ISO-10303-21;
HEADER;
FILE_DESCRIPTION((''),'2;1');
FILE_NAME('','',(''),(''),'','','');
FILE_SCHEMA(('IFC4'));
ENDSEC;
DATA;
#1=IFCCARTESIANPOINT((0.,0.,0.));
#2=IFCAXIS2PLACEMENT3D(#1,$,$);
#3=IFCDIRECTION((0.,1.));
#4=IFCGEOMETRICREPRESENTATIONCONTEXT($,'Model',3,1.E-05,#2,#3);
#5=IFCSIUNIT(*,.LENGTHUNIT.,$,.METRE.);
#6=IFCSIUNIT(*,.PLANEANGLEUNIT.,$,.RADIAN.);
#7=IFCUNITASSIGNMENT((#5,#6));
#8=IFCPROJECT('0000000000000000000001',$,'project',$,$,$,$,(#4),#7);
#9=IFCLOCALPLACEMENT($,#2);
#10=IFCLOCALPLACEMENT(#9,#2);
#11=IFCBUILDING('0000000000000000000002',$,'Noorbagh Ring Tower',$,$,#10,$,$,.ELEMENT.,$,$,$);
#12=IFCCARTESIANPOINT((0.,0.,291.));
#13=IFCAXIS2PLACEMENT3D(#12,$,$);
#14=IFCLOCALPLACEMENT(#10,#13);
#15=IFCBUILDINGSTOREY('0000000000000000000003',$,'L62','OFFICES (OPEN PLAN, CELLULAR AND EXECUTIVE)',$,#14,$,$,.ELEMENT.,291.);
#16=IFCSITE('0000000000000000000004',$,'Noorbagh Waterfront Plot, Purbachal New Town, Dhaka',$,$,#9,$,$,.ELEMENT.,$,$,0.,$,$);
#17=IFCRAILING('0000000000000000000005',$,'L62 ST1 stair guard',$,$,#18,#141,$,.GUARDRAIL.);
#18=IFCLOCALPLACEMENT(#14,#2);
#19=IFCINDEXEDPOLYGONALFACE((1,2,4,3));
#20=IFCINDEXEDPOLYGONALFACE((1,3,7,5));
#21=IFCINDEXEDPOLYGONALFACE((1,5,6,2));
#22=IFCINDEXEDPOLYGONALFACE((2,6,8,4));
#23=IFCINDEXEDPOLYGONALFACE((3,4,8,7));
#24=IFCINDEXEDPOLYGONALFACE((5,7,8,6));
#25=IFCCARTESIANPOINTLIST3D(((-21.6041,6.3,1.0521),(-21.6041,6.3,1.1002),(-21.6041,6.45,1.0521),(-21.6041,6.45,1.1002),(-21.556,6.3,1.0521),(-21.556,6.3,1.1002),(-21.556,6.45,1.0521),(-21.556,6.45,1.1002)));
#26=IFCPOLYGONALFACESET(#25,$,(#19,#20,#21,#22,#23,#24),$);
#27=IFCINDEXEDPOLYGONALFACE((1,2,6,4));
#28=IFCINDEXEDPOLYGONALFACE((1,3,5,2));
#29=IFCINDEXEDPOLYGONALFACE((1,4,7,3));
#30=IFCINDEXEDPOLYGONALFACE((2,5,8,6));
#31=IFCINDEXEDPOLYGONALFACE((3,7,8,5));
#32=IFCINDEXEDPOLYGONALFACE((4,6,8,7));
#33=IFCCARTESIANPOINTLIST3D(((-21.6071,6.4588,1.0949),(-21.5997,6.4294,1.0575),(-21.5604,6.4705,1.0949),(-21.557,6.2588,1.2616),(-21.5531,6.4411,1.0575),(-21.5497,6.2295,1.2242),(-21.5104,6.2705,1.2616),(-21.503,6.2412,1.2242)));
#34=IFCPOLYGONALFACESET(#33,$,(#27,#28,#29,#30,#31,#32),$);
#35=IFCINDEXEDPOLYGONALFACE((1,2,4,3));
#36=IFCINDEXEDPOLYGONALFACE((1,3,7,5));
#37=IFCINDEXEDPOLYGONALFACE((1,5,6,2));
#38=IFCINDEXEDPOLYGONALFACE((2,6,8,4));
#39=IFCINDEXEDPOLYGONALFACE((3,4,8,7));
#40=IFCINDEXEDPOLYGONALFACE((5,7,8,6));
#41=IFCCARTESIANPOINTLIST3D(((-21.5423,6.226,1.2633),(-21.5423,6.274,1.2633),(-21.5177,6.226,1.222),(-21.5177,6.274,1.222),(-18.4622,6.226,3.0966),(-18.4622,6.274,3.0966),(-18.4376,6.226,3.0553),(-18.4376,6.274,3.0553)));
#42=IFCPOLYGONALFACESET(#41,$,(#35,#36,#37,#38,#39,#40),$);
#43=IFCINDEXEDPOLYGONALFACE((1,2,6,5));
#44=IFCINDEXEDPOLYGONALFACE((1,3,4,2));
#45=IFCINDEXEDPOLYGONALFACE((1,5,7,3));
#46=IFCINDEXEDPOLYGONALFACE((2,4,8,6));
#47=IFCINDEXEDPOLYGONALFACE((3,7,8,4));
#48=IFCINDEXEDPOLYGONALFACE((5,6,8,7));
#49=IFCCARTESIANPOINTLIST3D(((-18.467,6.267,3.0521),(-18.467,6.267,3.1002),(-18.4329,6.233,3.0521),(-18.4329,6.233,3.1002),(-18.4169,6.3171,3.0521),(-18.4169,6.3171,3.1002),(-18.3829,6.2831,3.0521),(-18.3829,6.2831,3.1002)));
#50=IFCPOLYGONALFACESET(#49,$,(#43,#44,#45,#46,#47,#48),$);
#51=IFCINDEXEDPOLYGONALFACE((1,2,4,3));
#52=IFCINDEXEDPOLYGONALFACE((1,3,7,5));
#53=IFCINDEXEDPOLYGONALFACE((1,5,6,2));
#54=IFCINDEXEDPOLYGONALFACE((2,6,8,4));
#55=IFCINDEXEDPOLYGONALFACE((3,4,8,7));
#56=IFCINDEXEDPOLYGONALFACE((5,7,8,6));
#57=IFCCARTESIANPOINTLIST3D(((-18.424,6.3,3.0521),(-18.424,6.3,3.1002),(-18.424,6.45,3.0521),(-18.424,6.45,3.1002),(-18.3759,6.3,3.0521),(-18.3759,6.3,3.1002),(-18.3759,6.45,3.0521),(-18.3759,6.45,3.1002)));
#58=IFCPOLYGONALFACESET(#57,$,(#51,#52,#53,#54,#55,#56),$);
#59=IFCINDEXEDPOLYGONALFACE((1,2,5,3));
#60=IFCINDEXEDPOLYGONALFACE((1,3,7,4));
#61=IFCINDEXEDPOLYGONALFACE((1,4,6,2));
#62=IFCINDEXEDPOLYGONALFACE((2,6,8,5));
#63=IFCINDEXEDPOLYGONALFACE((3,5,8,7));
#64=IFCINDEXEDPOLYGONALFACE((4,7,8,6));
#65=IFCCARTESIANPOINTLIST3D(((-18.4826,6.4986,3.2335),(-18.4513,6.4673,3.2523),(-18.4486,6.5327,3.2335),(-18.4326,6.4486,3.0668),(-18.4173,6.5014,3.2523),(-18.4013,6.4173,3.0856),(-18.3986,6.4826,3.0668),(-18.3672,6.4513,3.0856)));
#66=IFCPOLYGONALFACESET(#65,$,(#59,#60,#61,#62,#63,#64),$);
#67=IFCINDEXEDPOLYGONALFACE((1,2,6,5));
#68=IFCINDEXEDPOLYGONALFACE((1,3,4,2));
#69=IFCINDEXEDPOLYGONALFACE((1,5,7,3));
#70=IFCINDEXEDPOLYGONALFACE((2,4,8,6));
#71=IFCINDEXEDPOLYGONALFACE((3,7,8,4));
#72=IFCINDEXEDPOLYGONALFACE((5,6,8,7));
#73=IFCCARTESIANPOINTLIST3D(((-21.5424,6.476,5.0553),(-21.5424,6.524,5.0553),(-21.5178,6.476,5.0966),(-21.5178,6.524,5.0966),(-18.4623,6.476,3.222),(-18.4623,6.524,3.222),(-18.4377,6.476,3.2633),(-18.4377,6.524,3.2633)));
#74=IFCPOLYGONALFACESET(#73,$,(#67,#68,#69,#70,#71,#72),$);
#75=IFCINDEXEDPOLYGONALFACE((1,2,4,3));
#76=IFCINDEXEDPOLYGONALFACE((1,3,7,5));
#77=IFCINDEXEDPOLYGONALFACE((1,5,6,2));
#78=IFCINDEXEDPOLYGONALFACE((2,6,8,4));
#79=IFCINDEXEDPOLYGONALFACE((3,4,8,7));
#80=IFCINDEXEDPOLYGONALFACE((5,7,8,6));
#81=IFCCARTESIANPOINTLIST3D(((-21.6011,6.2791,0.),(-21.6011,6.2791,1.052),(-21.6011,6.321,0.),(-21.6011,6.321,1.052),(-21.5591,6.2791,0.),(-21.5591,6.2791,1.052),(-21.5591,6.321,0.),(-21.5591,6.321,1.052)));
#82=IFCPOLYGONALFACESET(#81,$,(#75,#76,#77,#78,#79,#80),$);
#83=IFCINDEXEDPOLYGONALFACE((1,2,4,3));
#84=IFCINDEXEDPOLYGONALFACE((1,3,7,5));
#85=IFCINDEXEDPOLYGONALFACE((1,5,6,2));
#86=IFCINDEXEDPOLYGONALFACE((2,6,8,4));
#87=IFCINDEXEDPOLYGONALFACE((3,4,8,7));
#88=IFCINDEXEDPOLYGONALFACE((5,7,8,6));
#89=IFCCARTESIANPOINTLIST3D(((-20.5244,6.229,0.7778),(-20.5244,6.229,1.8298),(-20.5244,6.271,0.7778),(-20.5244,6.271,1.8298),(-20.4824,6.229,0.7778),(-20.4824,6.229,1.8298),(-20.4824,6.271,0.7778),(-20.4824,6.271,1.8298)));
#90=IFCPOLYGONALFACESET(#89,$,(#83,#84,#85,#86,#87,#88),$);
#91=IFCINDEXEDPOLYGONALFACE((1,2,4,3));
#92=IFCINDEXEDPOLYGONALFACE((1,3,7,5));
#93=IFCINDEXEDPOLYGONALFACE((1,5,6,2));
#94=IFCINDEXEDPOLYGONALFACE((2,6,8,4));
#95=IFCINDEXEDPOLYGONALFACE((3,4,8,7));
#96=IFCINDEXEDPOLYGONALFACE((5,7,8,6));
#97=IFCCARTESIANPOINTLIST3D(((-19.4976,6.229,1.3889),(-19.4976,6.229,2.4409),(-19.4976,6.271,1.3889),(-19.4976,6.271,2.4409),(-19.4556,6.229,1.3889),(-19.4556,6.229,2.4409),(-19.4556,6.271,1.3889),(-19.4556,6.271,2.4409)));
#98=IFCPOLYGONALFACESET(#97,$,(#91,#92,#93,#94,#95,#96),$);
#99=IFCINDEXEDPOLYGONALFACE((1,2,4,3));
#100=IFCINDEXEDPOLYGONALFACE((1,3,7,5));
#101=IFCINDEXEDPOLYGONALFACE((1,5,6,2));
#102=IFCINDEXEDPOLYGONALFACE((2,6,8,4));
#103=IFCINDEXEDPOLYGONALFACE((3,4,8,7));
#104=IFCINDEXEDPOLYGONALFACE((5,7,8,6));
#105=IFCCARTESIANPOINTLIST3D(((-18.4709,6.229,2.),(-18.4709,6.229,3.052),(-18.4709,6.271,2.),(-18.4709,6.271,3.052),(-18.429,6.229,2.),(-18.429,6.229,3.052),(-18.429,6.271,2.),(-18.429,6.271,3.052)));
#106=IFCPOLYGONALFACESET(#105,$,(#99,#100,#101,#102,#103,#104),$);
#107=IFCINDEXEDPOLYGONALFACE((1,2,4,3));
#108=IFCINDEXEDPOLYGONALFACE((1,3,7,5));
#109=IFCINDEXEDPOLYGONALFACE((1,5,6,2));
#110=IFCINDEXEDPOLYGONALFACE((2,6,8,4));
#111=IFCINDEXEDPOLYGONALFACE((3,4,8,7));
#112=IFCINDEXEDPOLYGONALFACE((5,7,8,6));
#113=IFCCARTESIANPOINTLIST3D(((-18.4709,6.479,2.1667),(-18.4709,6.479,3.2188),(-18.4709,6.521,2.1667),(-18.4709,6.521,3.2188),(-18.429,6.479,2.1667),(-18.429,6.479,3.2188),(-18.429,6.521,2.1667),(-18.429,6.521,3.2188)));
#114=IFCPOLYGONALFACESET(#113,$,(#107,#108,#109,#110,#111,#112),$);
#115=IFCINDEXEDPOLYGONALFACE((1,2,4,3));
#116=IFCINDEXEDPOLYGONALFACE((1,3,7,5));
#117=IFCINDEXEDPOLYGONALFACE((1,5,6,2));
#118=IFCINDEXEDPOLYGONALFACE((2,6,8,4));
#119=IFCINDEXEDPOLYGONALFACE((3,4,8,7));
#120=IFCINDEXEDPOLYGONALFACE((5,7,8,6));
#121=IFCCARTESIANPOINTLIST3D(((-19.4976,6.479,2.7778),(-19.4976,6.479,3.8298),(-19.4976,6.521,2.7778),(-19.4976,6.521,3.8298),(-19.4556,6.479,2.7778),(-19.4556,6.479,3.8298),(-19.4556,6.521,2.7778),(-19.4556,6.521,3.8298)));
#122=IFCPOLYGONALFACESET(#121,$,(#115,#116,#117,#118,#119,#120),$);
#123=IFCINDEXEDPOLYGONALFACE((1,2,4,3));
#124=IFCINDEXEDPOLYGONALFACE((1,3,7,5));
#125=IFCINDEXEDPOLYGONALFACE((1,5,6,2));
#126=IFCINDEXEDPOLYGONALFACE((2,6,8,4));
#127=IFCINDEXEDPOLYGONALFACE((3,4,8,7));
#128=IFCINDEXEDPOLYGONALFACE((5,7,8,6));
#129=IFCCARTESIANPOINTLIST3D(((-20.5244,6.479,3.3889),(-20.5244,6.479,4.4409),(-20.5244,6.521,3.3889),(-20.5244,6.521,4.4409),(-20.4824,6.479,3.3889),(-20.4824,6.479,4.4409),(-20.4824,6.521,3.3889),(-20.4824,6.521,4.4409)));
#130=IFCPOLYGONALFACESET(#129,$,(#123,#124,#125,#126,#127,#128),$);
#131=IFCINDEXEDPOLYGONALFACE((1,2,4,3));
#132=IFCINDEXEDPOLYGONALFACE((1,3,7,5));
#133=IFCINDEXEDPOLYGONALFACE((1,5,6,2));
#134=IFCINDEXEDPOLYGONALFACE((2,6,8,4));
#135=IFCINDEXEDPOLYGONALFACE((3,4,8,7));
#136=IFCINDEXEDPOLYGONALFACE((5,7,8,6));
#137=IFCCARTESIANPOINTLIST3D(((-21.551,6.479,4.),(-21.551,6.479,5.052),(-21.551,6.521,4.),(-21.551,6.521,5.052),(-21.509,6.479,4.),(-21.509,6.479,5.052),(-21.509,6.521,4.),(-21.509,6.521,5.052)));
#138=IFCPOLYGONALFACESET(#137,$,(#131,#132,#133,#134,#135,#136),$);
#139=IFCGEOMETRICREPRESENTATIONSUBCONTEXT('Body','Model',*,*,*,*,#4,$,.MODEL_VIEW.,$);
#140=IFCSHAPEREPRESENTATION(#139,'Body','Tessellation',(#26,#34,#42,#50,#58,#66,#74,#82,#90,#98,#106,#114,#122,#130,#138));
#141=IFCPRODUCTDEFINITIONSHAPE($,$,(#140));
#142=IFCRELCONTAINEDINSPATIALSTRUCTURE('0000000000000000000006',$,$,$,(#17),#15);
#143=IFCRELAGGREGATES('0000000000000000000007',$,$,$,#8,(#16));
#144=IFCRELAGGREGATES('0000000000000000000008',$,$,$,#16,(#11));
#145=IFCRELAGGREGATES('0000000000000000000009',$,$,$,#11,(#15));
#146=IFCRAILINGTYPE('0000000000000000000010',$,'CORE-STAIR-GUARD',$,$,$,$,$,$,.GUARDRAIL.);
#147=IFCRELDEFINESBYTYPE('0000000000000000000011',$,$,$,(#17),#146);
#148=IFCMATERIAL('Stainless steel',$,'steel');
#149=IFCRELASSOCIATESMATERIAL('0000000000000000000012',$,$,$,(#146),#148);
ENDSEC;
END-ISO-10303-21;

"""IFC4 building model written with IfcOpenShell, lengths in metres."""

from ifc_helpers import new_model, si_unit, direction, frame, origin, origin_2d, place, context, subcontext, project, spatial, rectangle, extrude, material, type_object, element, save


model = new_model("IFC4")

# Units and contexts
model_context = context("Model", 3, precision=1e-05, world=origin(), true_north=direction((0.0, 1.0)))
body_context = subcontext(model_context, "Body", "Model", "MODEL_VIEW")
ifc_project = project(units=[si_unit("LENGTHUNIT", "METRE"), si_unit("PLANEANGLEUNIT", "RADIAN")], contexts=[model_context])

# Site, building, storey
site_placement = place(None, origin())
site = spatial("IfcSite", under=ifc_project, at=site_placement, Name="Noorbagh Waterfront Plot, Purbachal New Town, Dhaka", CompositionType="ELEMENT", RefElevation=0.0)
building_placement = place(site_placement, origin())
building = spatial("IfcBuilding", under=site, at=building_placement, Name="Noorbagh Ring Tower", CompositionType="ELEMENT")
storey_placement = place(building_placement, frame((0.0, 0.0, 291.0)))
storey = spatial("IfcBuildingStorey", under=building, at=storey_placement, Name="L62", Description="OFFICES (OPEN PLAN, CELLULAR AND EXECUTIVE)", CompositionType="ELEMENT", Elevation=291.0)

# Railing
ifc_material_1 = material(Name="Stainless steel", Category="steel")
railing_type_1 = type_object("IfcRailingType", Name="CORE-STAIR-GUARD", PredefinedType="GUARDRAIL", material=ifc_material_1)
railing_1_placement = place(storey_placement, frame((-21.5801, 6.3, 0.0)))
element("IfcRailing", 1, at=railing_1_placement, inside=storey, type_object=railing_type_1, Name="L62 ST1 stair guard", PredefinedType="GUARDRAIL", context=body_context, shape_type="SweptSolid", body=[
    extrude(rectangle(XDim=0.0481, YDim=0.0481, at=origin_2d()), frame((0.0, 0.0, 1.0762), z_axis=(0.0, 1.0, 0.0), x_axis=(-1.0, 0.0, 0.0)), (0.0, 0.0, 1.0), 0.1499),
    extrude(rectangle(XDim=0.0481, YDim=0.0481, at=origin_2d()), frame((0.0, 0.1499, 1.0762), z_axis=(0.188776, -0.754182, 0.628946), x_axis=(0.970073, 0.242814, 0.0)), (0.0, 0.0, 1.0), 0.2651),
    extrude(rectangle(XDim=0.0481, YDim=0.0481, at=origin_2d()), frame((0.05, -0.05, 1.2427), z_axis=(0.859309, 0.0, 0.511458), x_axis=(0.0, 1.0, 0.0)), (0.0, 0.0, 1.0), 3.5845),
    extrude(rectangle(XDim=0.0481, YDim=0.0481, at=origin_2d()), frame((3.1301, -0.05, 3.0762), z_axis=(0.707107, 0.707107, 0.0), x_axis=(-0.707107, 0.707107, 0.0)), (0.0, 0.0, 1.0), 0.0708),
    extrude(rectangle(XDim=0.0481, YDim=0.0481, at=origin_2d()), frame((3.1802, 0.0, 3.0762), z_axis=(0.0, 1.0, 0.0), x_axis=(-1.0, 0.0, 0.0)), (0.0, 0.0, 1.0), 0.1499),
    extrude(rectangle(XDim=0.0481, YDim=0.0481, at=origin_2d()), frame((3.1802, 0.1499, 3.0762), z_axis=(-0.276287, 0.276287, 0.920506), x_axis=(-0.707107, -0.707107, 0.0)), (0.0, 0.0, 1.0), 0.1812),
    extrude(rectangle(XDim=0.0481, YDim=0.0481, at=origin_2d()), frame((3.1301, 0.2, 3.2427), z_axis=(-0.859309, 0.0, 0.511458), x_axis=(0.0, -1.0, 0.0)), (0.0, 0.0, 1.0), 3.5845),
    extrude(rectangle(XDim=0.042, YDim=0.042, at=origin_2d()), origin(), (0.0, 0.0, 1.0), 1.052),
    extrude(rectangle(XDim=0.042, YDim=0.042, at=origin_2d()), frame((1.0767, -0.05, 0.7778)), (0.0, 0.0, 1.0), 1.052),
    extrude(rectangle(XDim=0.042, YDim=0.042, at=origin_2d()), frame((2.1035, -0.05, 1.3889)), (0.0, 0.0, 1.0), 1.052),
    extrude(rectangle(XDim=0.042, YDim=0.042, at=origin_2d()), frame((3.1301, -0.05, 2.0)), (0.0, 0.0, 1.0), 1.052),
    extrude(rectangle(XDim=0.042, YDim=0.042, at=origin_2d()), frame((3.1301, 0.2, 2.1667)), (0.0, 0.0, 1.0), 1.052),
    extrude(rectangle(XDim=0.042, YDim=0.042, at=origin_2d()), frame((2.1035, 0.2, 2.7778)), (0.0, 0.0, 1.0), 1.052),
    extrude(rectangle(XDim=0.042, YDim=0.042, at=origin_2d()), frame((1.0767, 0.2, 3.3889)), (0.0, 0.0, 1.0), 1.052),
    extrude(rectangle(XDim=0.042, YDim=0.042, at=origin_2d()), frame((0.05, 0.2, 4.0)), (0.0, 0.0, 1.0), 1.052),
])

save(model, "model.ifc")
